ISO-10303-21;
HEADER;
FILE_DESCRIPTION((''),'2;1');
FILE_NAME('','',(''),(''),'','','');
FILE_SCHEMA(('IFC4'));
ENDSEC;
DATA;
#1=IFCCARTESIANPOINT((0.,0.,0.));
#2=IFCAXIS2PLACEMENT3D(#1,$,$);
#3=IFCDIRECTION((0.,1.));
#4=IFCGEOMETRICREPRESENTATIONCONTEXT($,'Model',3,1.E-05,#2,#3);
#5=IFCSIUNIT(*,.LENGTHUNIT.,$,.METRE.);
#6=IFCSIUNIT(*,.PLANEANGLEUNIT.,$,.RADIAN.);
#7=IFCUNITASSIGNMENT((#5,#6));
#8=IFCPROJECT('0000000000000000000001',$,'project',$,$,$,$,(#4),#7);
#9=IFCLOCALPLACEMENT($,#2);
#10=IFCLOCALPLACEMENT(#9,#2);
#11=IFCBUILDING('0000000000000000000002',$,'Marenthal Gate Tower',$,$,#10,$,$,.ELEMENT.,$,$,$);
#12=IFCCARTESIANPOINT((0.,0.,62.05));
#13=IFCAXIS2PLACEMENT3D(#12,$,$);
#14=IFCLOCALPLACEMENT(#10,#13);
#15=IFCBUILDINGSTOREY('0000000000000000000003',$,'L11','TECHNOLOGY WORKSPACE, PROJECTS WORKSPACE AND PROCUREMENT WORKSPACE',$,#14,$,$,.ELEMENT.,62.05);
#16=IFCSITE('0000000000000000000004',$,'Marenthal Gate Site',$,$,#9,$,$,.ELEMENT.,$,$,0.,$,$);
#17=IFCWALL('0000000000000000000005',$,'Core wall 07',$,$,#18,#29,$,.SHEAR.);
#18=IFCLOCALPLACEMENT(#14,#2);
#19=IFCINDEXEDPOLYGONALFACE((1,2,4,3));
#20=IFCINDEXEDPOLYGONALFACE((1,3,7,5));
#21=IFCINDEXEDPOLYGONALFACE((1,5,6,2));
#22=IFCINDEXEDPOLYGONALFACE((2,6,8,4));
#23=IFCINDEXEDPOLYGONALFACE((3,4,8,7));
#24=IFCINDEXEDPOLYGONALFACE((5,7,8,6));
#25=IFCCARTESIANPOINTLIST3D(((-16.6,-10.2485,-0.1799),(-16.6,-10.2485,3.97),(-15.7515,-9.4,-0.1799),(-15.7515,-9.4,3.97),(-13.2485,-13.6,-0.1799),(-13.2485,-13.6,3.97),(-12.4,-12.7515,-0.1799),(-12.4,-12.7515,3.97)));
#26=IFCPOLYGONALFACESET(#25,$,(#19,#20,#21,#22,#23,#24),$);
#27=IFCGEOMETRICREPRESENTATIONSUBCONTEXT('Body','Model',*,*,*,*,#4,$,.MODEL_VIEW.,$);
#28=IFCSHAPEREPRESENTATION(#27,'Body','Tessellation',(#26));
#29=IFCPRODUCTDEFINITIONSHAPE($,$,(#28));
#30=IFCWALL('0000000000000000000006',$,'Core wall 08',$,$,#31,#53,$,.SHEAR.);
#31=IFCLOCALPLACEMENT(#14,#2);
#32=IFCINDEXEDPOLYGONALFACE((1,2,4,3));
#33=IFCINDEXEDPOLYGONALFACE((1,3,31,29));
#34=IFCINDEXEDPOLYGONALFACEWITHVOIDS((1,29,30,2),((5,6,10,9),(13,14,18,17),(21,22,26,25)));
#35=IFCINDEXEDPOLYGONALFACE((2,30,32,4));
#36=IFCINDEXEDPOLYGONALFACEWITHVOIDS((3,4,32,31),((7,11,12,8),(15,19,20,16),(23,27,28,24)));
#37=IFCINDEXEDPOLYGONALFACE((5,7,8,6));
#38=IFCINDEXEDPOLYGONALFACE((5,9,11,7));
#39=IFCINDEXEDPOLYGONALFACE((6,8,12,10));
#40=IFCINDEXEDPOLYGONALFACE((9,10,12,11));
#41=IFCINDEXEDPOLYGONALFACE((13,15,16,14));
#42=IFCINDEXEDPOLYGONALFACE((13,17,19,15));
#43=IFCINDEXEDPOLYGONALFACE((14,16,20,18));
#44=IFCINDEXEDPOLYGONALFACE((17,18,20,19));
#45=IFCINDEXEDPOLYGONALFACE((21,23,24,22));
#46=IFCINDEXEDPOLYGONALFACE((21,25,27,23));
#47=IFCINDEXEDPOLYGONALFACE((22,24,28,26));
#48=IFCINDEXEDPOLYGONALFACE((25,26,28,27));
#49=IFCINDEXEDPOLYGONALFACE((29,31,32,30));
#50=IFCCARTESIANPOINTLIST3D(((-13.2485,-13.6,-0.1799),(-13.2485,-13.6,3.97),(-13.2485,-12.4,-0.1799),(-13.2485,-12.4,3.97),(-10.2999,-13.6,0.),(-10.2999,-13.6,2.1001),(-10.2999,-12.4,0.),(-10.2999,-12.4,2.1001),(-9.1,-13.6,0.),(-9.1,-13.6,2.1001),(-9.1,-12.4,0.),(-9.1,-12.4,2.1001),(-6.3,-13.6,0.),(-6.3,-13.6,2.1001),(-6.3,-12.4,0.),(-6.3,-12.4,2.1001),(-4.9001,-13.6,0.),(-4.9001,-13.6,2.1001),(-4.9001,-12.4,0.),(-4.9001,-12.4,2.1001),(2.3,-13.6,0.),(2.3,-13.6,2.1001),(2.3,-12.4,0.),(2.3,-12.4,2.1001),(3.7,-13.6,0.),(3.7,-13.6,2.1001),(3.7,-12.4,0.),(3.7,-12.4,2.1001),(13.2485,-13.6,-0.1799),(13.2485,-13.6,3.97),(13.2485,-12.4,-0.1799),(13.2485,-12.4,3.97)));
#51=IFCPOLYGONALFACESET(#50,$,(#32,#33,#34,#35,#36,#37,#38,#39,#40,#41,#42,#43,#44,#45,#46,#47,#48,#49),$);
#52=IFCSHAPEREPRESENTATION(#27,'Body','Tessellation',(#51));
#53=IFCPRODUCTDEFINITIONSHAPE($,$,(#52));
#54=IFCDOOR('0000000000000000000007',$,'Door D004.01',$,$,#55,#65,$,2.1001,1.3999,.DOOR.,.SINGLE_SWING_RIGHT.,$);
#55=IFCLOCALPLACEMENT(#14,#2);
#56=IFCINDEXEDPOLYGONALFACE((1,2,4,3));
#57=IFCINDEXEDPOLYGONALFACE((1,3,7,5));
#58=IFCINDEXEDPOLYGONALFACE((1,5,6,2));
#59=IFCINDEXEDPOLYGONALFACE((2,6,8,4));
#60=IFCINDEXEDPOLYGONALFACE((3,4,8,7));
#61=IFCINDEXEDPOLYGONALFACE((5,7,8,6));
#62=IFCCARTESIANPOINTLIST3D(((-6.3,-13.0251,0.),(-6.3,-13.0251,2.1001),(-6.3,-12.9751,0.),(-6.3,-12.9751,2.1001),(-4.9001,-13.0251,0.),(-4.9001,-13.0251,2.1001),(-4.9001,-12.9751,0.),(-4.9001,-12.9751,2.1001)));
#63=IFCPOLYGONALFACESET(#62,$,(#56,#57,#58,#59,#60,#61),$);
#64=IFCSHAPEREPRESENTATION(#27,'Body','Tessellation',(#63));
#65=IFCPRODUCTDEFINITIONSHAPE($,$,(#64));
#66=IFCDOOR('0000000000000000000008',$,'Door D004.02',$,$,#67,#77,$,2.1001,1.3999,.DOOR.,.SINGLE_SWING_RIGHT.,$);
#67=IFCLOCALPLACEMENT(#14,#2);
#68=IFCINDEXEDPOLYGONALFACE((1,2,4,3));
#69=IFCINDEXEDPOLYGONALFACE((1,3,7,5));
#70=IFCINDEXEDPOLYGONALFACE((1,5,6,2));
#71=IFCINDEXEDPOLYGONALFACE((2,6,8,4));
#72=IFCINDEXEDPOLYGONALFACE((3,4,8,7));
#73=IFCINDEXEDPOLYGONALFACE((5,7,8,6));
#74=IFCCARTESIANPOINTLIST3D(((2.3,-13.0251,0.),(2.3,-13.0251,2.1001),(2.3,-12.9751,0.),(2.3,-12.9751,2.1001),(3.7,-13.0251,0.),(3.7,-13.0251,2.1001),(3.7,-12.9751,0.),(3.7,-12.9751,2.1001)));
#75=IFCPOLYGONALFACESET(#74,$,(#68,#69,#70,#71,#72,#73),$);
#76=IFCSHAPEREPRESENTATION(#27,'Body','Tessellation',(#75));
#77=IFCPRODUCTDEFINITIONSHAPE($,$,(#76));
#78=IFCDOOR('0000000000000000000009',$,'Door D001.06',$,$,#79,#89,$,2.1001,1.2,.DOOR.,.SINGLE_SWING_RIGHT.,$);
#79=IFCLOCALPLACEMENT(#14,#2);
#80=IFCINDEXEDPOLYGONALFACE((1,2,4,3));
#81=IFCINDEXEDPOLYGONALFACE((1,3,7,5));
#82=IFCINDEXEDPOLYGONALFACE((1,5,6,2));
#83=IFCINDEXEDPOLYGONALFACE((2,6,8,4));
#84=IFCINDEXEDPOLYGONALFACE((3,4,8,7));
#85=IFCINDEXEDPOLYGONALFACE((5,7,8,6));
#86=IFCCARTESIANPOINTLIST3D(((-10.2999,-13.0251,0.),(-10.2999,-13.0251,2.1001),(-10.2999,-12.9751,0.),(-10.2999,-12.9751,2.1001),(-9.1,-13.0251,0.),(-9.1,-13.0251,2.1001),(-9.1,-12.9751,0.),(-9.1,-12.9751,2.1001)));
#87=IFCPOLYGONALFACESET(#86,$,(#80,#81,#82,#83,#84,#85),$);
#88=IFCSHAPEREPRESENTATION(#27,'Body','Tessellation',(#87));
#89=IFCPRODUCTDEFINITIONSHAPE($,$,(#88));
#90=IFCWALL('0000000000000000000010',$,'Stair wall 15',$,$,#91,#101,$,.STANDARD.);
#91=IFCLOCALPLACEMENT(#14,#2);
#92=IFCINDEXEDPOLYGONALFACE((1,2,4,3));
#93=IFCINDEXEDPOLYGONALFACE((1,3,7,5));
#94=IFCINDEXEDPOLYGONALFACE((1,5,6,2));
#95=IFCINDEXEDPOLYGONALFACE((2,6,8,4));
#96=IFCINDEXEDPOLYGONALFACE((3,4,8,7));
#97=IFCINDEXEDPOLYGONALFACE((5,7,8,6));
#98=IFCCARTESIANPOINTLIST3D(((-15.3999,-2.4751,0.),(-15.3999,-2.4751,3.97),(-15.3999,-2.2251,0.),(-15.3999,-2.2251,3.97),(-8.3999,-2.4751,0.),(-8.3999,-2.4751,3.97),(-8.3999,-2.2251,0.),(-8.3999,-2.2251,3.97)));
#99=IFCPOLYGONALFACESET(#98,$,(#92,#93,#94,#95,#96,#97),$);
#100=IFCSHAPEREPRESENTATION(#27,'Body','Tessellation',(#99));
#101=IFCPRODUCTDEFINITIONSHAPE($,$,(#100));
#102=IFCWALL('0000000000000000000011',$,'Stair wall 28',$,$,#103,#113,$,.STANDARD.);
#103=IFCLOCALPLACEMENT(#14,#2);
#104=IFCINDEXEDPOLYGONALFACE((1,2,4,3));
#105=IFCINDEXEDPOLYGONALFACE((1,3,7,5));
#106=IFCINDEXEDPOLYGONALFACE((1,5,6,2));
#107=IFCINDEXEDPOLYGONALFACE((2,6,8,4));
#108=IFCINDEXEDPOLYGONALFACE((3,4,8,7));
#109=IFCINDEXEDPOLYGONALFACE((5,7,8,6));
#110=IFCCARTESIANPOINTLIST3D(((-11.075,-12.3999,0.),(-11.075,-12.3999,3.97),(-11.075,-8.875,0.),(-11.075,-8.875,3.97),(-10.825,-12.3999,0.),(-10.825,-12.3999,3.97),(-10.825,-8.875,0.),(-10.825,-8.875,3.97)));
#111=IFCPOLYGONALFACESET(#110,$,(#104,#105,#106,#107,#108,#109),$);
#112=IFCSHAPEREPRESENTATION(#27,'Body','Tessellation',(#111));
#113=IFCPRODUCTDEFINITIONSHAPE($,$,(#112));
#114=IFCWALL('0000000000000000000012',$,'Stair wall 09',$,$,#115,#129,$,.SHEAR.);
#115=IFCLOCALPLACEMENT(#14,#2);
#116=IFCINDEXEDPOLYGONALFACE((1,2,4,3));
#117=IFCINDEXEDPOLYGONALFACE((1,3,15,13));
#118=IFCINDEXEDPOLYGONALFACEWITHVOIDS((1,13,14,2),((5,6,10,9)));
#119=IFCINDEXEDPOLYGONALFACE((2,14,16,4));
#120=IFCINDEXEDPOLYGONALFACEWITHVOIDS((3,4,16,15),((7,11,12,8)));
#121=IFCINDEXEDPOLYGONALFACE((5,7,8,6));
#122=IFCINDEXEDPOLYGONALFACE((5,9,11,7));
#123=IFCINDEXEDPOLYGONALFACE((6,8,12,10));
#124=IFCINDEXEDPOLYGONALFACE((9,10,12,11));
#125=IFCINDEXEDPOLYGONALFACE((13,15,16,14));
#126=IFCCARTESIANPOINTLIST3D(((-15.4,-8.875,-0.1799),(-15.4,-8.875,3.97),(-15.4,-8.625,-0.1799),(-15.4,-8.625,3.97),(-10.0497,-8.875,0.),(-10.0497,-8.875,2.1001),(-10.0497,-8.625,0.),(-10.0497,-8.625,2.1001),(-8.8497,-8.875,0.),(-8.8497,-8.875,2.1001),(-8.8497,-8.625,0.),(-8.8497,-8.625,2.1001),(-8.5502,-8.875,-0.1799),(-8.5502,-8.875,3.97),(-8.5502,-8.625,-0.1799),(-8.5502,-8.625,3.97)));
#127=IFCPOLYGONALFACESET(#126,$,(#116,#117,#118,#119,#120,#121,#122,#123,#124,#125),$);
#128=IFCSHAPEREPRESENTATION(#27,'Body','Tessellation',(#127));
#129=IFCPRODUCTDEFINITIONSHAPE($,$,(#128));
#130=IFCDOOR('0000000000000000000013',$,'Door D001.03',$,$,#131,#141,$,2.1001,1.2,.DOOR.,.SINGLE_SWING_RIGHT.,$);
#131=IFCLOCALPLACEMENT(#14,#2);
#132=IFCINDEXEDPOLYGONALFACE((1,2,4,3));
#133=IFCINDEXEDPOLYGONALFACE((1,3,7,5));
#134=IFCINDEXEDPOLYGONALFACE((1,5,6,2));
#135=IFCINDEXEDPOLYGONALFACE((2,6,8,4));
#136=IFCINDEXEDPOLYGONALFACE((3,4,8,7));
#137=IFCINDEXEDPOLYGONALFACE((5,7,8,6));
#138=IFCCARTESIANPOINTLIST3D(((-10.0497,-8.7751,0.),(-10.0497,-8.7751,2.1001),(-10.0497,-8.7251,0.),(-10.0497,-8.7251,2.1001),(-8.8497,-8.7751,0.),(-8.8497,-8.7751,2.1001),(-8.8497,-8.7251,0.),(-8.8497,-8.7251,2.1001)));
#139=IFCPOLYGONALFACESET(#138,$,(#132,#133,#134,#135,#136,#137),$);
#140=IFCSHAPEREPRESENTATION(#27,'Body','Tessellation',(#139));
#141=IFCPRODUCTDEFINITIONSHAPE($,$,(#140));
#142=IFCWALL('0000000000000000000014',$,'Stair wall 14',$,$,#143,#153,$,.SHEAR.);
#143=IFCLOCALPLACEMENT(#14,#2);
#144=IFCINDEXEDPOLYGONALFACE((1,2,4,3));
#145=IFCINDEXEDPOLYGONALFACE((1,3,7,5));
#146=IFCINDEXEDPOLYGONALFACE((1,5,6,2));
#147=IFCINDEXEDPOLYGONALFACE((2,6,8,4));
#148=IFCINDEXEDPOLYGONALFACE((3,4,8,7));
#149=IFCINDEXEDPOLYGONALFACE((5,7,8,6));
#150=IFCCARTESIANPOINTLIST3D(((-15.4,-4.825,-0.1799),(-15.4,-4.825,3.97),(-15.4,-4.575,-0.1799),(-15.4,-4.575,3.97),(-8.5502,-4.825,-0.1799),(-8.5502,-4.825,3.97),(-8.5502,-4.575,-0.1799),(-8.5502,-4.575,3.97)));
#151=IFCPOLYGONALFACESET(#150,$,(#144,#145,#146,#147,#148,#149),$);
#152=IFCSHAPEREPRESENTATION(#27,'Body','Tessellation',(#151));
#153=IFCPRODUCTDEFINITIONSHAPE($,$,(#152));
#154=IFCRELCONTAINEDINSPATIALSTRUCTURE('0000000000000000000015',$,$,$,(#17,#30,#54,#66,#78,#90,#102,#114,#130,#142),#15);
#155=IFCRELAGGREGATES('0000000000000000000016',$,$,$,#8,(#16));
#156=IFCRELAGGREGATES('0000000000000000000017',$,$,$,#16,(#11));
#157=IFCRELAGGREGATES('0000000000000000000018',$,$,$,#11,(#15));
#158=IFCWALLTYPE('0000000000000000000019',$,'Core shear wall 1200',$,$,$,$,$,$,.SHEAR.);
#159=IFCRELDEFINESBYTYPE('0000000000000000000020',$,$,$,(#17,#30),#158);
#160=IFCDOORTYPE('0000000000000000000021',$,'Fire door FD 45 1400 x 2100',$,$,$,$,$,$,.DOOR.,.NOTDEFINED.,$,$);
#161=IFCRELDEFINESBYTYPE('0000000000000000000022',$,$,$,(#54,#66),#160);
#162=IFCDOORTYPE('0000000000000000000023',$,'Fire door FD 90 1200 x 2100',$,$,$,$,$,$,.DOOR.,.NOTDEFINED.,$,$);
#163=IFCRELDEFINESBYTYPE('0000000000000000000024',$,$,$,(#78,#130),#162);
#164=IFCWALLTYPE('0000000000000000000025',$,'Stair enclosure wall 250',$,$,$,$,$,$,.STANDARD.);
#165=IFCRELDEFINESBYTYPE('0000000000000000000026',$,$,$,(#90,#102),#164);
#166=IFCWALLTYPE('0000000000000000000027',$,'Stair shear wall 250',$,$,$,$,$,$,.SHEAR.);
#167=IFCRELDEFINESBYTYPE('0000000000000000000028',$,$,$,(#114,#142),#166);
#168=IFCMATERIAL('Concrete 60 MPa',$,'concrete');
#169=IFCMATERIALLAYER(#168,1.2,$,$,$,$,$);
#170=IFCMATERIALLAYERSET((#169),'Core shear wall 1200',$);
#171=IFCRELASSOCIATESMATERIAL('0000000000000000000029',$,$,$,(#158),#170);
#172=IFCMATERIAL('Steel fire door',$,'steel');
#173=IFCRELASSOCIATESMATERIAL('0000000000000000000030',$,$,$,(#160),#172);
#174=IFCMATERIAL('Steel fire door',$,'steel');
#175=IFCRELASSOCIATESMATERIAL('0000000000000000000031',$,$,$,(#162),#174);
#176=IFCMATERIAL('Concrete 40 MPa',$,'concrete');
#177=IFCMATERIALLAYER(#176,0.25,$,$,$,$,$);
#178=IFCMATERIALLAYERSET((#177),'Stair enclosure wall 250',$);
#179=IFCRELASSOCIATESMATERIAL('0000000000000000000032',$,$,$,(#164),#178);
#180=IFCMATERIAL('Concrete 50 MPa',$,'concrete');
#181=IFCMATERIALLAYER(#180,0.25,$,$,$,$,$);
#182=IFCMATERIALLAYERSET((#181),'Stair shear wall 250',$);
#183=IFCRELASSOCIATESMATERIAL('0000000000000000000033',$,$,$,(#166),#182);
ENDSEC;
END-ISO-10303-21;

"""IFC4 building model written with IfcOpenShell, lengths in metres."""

from ifc_helpers import new_model, si_unit, direction, frame, frame_2d, origin, place, context, subcontext, project, spatial, rectangle, extrude, material, layer, layer_set, type_object, element, fill, save


model = new_model("IFC4")

# Units and contexts
model_context = context("Model", 3, precision=1e-05, world=origin(), true_north=direction((0.0, 1.0)))
body_context = subcontext(model_context, "Body", "Model", "MODEL_VIEW")
ifc_project = project(units=[si_unit("LENGTHUNIT", "METRE"), si_unit("PLANEANGLEUNIT", "RADIAN")], contexts=[model_context])

# Site, building, storey
site_placement = place(None, origin())
site = spatial("IfcSite", under=ifc_project, at=site_placement, Name="Marenthal Gate Site", CompositionType="ELEMENT", RefElevation=0.0)
building_placement = place(site_placement, origin())
building = spatial("IfcBuilding", under=site, at=building_placement, Name="Marenthal Gate Tower", CompositionType="ELEMENT")
storey_placement = place(building_placement, frame((0.0, 0.0, 62.05)))
storey = spatial("IfcBuildingStorey", under=building, at=storey_placement, Name="L11", Description="TECHNOLOGY WORKSPACE, PROJECTS WORKSPACE AND PROCUREMENT WORKSPACE", CompositionType="ELEMENT", Elevation=62.05)

# Wall
ifc_material_1 = material(Name="Concrete 60 MPa", Category="concrete")
ifc_layer_1 = layer(ifc_material_1, 1.2)
ifc_layer_set_1 = layer_set([ifc_layer_1], Name="Core shear wall 1200")
wall_type_1 = type_object("IfcWallType", Name="Core shear wall 1200", PredefinedType="SHEAR", material=ifc_layer_set_1)
wall_1_placement = place(storey_placement, frame((-16.1758, -9.8242, -0.1799), z_axis=(0.0, 0.0, 1.0), x_axis=(0.707107, -0.707107, 0.0)))
element("IfcWall", 1, at=wall_1_placement, inside=storey, type_object=wall_type_1, Name="Core wall 07", PredefinedType="SHEAR", context=body_context, shape_type="SweptSolid", body=[
    extrude(rectangle(XDim=4.7397, YDim=1.2, at=frame_2d((2.3699, 0.0))), origin(), (0.0, 0.0, 1.0), 4.1499),
])

# Wall, openings, doors
wall_2_placement = place(storey_placement, frame((-13.2485, -13.0, -0.1799), z_axis=(0.0, 0.0, 1.0), x_axis=(1.0, 0.0, 0.0)))
wall_2 = element("IfcWall", 2, at=wall_2_placement, inside=storey, type_object=wall_type_1, Name="Core wall 08", PredefinedType="SHEAR", context=body_context, shape_type="SweptSolid", body=[
    extrude(rectangle(XDim=26.4971, YDim=1.2, at=frame_2d((13.2485, 0.0))), origin(), (0.0, 0.0, 1.0), 4.1499),
])
opening_1_placement = place(wall_2_placement, frame((2.9485, 0.0, 0.1799)))
opening_1 = element("IfcOpeningElement", 3, at=opening_1_placement, cuts=wall_2, PredefinedType="OPENING", context=body_context, shape_type="SweptSolid", body=[
    extrude(rectangle(XDim=1.2, YDim=2.1001, at=frame_2d((0.6001, 1.05))), frame((0.0, 0.6099, 0.0), z_axis=(0.0, -1.0, 0.0), x_axis=(1.0, 0.0, 0.0)), (0.0, 0.0, 1.0), 1.22),
])
opening_2_placement = place(wall_2_placement, frame((6.9485, 0.0, 0.1799)))
opening_2 = element("IfcOpeningElement", 4, at=opening_2_placement, cuts=wall_2, PredefinedType="OPENING", context=body_context, shape_type="SweptSolid", body=[
    extrude(rectangle(XDim=1.3999, YDim=2.1001, at=frame_2d((0.7, 1.05))), frame((0.0, 0.6099, 0.0), z_axis=(0.0, -1.0, 0.0), x_axis=(1.0, 0.0, 0.0)), (0.0, 0.0, 1.0), 1.22),
])
opening_3_placement = place(wall_2_placement, frame((15.5486, 0.0, 0.1799)))
opening_3 = element("IfcOpeningElement", 5, at=opening_3_placement, cuts=wall_2, PredefinedType="OPENING", context=body_context, shape_type="SweptSolid", body=[
    extrude(rectangle(XDim=1.3999, YDim=2.1001, at=frame_2d((0.7, 1.05))), frame((0.0, 0.6099, 0.0), z_axis=(0.0, -1.0, 0.0), x_axis=(1.0, 0.0, 0.0)), (0.0, 0.0, 1.0), 1.22),
])
ifc_material_2 = material(Name="Steel fire door", Category="steel")
door_type_1 = type_object("IfcDoorType", Name="Fire door FD 45 1400 x 2100", OperationType="NOTDEFINED", PredefinedType="DOOR", material=ifc_material_2)
door_1_placement = place(opening_2_placement, origin())
door_1 = element("IfcDoor", 6, at=door_1_placement, inside=storey, type_object=door_type_1, Name="Door D004.01", OperationType="SINGLE_SWING_RIGHT", OverallHeight=2.1001, OverallWidth=1.3999, PredefinedType="DOOR", context=body_context, shape_type="SweptSolid", body=[
    extrude(rectangle(XDim=1.3999, YDim=2.1001, at=frame_2d((0.7, 1.05))), frame((0.0, 0.0249, 0.0), z_axis=(0.0, -1.0, 0.0), x_axis=(1.0, 0.0, 0.0)), (0.0, 0.0, 1.0), 0.05),
])
fill(opening_2, door_1)
door_2_placement = place(opening_3_placement, origin())
door_2 = element("IfcDoor", 7, at=door_2_placement, inside=storey, type_object=door_type_1, Name="Door D004.02", OperationType="SINGLE_SWING_RIGHT", OverallHeight=2.1001, OverallWidth=1.3999, PredefinedType="DOOR", context=body_context, shape_type="SweptSolid", body=[
    extrude(rectangle(XDim=1.3999, YDim=2.1001, at=frame_2d((0.7, 1.05))), frame((0.0, 0.0249, 0.0), z_axis=(0.0, -1.0, 0.0), x_axis=(1.0, 0.0, 0.0)), (0.0, 0.0, 1.0), 0.05),
])
fill(opening_3, door_2)
ifc_material_3 = material(Name="Steel fire door", Category="steel")
door_type_2 = type_object("IfcDoorType", Name="Fire door FD 90 1200 x 2100", OperationType="NOTDEFINED", PredefinedType="DOOR", material=ifc_material_3)
door_3_placement = place(opening_1_placement, origin())
door_3 = element("IfcDoor", 8, at=door_3_placement, inside=storey, type_object=door_type_2, Name="Door D001.06", OperationType="SINGLE_SWING_RIGHT", OverallHeight=2.1001, OverallWidth=1.2, PredefinedType="DOOR", context=body_context, shape_type="SweptSolid", body=[
    extrude(rectangle(XDim=1.2, YDim=2.1001, at=frame_2d((0.6001, 1.05))), frame((0.0, 0.0249, 0.0), z_axis=(0.0, -1.0, 0.0), x_axis=(1.0, 0.0, 0.0)), (0.0, 0.0, 1.0), 0.05),
])
fill(opening_1, door_3)

# Walls
ifc_material_4 = material(Name="Concrete 40 MPa", Category="concrete")
ifc_layer_2 = layer(ifc_material_4, 0.25)
ifc_layer_set_2 = layer_set([ifc_layer_2], Name="Stair enclosure wall 250")
wall_type_2 = type_object("IfcWallType", Name="Stair enclosure wall 250", PredefinedType="STANDARD", material=ifc_layer_set_2)
wall_3_placement = place(storey_placement, frame((-15.3999, -2.3501, 0.0), z_axis=(0.0, 0.0, 1.0), x_axis=(1.0, 0.0, 0.0)))
element("IfcWall", 9, at=wall_3_placement, inside=storey, type_object=wall_type_2, Name="Stair wall 15", PredefinedType="STANDARD", context=body_context, shape_type="SweptSolid", body=[
    extrude(rectangle(XDim=7.0, YDim=0.25, at=frame_2d((3.5, 0.0))), origin(), (0.0, 0.0, 1.0), 3.97),
])
wall_4_placement = place(storey_placement, frame((-10.95, -12.3999, 0.0), z_axis=(0.0, 0.0, 1.0), x_axis=(0.0, 1.0, 0.0)))
element("IfcWall", 10, at=wall_4_placement, inside=storey, type_object=wall_type_2, Name="Stair wall 28", PredefinedType="STANDARD", context=body_context, shape_type="SweptSolid", body=[
    extrude(rectangle(XDim=3.5249, YDim=0.25, at=frame_2d((1.7625, 0.0))), origin(), (0.0, 0.0, 1.0), 3.97),
])

# Wall, opening, door
ifc_material_5 = material(Name="Concrete 50 MPa", Category="concrete")
ifc_layer_3 = layer(ifc_material_5, 0.25)
ifc_layer_set_3 = layer_set([ifc_layer_3], Name="Stair shear wall 250")
wall_type_3 = type_object("IfcWallType", Name="Stair shear wall 250", PredefinedType="SHEAR", material=ifc_layer_set_3)
wall_5_placement = place(storey_placement, frame((-15.3999, -8.75, -0.1799), z_axis=(0.0, 0.0, 1.0), x_axis=(1.0, 0.0, 0.0)))
wall_5 = element("IfcWall", 11, at=wall_5_placement, inside=storey, type_object=wall_type_3, Name="Stair wall 09", PredefinedType="SHEAR", context=body_context, shape_type="SweptSolid", body=[
    extrude(rectangle(XDim=6.8499, YDim=0.25, at=frame_2d((3.4248, 0.0))), origin(), (0.0, 0.0, 1.0), 4.1499),
])
opening_4_placement = place(wall_5_placement, frame((5.3501, 0.0, 0.1799)))
opening_4 = element("IfcOpeningElement", 12, at=opening_4_placement, cuts=wall_5, PredefinedType="OPENING", context=body_context, shape_type="SweptSolid", body=[
    extrude(rectangle(XDim=1.2, YDim=2.1001, at=frame_2d((0.6001, 1.05))), frame((0.0, 0.135, 0.0), z_axis=(0.0, -1.0, 0.0), x_axis=(1.0, 0.0, 0.0)), (0.0, 0.0, 1.0), 0.27),
])
door_4_placement = place(opening_4_placement, origin())
door_4 = element("IfcDoor", 13, at=door_4_placement, inside=storey, type_object=door_type_2, Name="Door D001.03", OperationType="SINGLE_SWING_RIGHT", OverallHeight=2.1001, OverallWidth=1.2, PredefinedType="DOOR", context=body_context, shape_type="SweptSolid", body=[
    extrude(rectangle(XDim=1.2, YDim=2.1001, at=frame_2d((0.6001, 1.05))), frame((0.0, 0.0249, 0.0), z_axis=(0.0, -1.0, 0.0), x_axis=(1.0, 0.0, 0.0)), (0.0, 0.0, 1.0), 0.05),
])
fill(opening_4, door_4)

# Wall
wall_6_placement = place(storey_placement, frame((-15.3999, -4.7, -0.1799), z_axis=(0.0, 0.0, 1.0), x_axis=(1.0, 0.0, 0.0)))
element("IfcWall", 14, at=wall_6_placement, inside=storey, type_object=wall_type_3, Name="Stair wall 14", PredefinedType="SHEAR", context=body_context, shape_type="SweptSolid", body=[
    extrude(rectangle(XDim=6.8499, YDim=0.25, at=frame_2d((3.4248, 0.0))), origin(), (0.0, 0.0, 1.0), 4.1499),
])

save(model, "model.ifc")
